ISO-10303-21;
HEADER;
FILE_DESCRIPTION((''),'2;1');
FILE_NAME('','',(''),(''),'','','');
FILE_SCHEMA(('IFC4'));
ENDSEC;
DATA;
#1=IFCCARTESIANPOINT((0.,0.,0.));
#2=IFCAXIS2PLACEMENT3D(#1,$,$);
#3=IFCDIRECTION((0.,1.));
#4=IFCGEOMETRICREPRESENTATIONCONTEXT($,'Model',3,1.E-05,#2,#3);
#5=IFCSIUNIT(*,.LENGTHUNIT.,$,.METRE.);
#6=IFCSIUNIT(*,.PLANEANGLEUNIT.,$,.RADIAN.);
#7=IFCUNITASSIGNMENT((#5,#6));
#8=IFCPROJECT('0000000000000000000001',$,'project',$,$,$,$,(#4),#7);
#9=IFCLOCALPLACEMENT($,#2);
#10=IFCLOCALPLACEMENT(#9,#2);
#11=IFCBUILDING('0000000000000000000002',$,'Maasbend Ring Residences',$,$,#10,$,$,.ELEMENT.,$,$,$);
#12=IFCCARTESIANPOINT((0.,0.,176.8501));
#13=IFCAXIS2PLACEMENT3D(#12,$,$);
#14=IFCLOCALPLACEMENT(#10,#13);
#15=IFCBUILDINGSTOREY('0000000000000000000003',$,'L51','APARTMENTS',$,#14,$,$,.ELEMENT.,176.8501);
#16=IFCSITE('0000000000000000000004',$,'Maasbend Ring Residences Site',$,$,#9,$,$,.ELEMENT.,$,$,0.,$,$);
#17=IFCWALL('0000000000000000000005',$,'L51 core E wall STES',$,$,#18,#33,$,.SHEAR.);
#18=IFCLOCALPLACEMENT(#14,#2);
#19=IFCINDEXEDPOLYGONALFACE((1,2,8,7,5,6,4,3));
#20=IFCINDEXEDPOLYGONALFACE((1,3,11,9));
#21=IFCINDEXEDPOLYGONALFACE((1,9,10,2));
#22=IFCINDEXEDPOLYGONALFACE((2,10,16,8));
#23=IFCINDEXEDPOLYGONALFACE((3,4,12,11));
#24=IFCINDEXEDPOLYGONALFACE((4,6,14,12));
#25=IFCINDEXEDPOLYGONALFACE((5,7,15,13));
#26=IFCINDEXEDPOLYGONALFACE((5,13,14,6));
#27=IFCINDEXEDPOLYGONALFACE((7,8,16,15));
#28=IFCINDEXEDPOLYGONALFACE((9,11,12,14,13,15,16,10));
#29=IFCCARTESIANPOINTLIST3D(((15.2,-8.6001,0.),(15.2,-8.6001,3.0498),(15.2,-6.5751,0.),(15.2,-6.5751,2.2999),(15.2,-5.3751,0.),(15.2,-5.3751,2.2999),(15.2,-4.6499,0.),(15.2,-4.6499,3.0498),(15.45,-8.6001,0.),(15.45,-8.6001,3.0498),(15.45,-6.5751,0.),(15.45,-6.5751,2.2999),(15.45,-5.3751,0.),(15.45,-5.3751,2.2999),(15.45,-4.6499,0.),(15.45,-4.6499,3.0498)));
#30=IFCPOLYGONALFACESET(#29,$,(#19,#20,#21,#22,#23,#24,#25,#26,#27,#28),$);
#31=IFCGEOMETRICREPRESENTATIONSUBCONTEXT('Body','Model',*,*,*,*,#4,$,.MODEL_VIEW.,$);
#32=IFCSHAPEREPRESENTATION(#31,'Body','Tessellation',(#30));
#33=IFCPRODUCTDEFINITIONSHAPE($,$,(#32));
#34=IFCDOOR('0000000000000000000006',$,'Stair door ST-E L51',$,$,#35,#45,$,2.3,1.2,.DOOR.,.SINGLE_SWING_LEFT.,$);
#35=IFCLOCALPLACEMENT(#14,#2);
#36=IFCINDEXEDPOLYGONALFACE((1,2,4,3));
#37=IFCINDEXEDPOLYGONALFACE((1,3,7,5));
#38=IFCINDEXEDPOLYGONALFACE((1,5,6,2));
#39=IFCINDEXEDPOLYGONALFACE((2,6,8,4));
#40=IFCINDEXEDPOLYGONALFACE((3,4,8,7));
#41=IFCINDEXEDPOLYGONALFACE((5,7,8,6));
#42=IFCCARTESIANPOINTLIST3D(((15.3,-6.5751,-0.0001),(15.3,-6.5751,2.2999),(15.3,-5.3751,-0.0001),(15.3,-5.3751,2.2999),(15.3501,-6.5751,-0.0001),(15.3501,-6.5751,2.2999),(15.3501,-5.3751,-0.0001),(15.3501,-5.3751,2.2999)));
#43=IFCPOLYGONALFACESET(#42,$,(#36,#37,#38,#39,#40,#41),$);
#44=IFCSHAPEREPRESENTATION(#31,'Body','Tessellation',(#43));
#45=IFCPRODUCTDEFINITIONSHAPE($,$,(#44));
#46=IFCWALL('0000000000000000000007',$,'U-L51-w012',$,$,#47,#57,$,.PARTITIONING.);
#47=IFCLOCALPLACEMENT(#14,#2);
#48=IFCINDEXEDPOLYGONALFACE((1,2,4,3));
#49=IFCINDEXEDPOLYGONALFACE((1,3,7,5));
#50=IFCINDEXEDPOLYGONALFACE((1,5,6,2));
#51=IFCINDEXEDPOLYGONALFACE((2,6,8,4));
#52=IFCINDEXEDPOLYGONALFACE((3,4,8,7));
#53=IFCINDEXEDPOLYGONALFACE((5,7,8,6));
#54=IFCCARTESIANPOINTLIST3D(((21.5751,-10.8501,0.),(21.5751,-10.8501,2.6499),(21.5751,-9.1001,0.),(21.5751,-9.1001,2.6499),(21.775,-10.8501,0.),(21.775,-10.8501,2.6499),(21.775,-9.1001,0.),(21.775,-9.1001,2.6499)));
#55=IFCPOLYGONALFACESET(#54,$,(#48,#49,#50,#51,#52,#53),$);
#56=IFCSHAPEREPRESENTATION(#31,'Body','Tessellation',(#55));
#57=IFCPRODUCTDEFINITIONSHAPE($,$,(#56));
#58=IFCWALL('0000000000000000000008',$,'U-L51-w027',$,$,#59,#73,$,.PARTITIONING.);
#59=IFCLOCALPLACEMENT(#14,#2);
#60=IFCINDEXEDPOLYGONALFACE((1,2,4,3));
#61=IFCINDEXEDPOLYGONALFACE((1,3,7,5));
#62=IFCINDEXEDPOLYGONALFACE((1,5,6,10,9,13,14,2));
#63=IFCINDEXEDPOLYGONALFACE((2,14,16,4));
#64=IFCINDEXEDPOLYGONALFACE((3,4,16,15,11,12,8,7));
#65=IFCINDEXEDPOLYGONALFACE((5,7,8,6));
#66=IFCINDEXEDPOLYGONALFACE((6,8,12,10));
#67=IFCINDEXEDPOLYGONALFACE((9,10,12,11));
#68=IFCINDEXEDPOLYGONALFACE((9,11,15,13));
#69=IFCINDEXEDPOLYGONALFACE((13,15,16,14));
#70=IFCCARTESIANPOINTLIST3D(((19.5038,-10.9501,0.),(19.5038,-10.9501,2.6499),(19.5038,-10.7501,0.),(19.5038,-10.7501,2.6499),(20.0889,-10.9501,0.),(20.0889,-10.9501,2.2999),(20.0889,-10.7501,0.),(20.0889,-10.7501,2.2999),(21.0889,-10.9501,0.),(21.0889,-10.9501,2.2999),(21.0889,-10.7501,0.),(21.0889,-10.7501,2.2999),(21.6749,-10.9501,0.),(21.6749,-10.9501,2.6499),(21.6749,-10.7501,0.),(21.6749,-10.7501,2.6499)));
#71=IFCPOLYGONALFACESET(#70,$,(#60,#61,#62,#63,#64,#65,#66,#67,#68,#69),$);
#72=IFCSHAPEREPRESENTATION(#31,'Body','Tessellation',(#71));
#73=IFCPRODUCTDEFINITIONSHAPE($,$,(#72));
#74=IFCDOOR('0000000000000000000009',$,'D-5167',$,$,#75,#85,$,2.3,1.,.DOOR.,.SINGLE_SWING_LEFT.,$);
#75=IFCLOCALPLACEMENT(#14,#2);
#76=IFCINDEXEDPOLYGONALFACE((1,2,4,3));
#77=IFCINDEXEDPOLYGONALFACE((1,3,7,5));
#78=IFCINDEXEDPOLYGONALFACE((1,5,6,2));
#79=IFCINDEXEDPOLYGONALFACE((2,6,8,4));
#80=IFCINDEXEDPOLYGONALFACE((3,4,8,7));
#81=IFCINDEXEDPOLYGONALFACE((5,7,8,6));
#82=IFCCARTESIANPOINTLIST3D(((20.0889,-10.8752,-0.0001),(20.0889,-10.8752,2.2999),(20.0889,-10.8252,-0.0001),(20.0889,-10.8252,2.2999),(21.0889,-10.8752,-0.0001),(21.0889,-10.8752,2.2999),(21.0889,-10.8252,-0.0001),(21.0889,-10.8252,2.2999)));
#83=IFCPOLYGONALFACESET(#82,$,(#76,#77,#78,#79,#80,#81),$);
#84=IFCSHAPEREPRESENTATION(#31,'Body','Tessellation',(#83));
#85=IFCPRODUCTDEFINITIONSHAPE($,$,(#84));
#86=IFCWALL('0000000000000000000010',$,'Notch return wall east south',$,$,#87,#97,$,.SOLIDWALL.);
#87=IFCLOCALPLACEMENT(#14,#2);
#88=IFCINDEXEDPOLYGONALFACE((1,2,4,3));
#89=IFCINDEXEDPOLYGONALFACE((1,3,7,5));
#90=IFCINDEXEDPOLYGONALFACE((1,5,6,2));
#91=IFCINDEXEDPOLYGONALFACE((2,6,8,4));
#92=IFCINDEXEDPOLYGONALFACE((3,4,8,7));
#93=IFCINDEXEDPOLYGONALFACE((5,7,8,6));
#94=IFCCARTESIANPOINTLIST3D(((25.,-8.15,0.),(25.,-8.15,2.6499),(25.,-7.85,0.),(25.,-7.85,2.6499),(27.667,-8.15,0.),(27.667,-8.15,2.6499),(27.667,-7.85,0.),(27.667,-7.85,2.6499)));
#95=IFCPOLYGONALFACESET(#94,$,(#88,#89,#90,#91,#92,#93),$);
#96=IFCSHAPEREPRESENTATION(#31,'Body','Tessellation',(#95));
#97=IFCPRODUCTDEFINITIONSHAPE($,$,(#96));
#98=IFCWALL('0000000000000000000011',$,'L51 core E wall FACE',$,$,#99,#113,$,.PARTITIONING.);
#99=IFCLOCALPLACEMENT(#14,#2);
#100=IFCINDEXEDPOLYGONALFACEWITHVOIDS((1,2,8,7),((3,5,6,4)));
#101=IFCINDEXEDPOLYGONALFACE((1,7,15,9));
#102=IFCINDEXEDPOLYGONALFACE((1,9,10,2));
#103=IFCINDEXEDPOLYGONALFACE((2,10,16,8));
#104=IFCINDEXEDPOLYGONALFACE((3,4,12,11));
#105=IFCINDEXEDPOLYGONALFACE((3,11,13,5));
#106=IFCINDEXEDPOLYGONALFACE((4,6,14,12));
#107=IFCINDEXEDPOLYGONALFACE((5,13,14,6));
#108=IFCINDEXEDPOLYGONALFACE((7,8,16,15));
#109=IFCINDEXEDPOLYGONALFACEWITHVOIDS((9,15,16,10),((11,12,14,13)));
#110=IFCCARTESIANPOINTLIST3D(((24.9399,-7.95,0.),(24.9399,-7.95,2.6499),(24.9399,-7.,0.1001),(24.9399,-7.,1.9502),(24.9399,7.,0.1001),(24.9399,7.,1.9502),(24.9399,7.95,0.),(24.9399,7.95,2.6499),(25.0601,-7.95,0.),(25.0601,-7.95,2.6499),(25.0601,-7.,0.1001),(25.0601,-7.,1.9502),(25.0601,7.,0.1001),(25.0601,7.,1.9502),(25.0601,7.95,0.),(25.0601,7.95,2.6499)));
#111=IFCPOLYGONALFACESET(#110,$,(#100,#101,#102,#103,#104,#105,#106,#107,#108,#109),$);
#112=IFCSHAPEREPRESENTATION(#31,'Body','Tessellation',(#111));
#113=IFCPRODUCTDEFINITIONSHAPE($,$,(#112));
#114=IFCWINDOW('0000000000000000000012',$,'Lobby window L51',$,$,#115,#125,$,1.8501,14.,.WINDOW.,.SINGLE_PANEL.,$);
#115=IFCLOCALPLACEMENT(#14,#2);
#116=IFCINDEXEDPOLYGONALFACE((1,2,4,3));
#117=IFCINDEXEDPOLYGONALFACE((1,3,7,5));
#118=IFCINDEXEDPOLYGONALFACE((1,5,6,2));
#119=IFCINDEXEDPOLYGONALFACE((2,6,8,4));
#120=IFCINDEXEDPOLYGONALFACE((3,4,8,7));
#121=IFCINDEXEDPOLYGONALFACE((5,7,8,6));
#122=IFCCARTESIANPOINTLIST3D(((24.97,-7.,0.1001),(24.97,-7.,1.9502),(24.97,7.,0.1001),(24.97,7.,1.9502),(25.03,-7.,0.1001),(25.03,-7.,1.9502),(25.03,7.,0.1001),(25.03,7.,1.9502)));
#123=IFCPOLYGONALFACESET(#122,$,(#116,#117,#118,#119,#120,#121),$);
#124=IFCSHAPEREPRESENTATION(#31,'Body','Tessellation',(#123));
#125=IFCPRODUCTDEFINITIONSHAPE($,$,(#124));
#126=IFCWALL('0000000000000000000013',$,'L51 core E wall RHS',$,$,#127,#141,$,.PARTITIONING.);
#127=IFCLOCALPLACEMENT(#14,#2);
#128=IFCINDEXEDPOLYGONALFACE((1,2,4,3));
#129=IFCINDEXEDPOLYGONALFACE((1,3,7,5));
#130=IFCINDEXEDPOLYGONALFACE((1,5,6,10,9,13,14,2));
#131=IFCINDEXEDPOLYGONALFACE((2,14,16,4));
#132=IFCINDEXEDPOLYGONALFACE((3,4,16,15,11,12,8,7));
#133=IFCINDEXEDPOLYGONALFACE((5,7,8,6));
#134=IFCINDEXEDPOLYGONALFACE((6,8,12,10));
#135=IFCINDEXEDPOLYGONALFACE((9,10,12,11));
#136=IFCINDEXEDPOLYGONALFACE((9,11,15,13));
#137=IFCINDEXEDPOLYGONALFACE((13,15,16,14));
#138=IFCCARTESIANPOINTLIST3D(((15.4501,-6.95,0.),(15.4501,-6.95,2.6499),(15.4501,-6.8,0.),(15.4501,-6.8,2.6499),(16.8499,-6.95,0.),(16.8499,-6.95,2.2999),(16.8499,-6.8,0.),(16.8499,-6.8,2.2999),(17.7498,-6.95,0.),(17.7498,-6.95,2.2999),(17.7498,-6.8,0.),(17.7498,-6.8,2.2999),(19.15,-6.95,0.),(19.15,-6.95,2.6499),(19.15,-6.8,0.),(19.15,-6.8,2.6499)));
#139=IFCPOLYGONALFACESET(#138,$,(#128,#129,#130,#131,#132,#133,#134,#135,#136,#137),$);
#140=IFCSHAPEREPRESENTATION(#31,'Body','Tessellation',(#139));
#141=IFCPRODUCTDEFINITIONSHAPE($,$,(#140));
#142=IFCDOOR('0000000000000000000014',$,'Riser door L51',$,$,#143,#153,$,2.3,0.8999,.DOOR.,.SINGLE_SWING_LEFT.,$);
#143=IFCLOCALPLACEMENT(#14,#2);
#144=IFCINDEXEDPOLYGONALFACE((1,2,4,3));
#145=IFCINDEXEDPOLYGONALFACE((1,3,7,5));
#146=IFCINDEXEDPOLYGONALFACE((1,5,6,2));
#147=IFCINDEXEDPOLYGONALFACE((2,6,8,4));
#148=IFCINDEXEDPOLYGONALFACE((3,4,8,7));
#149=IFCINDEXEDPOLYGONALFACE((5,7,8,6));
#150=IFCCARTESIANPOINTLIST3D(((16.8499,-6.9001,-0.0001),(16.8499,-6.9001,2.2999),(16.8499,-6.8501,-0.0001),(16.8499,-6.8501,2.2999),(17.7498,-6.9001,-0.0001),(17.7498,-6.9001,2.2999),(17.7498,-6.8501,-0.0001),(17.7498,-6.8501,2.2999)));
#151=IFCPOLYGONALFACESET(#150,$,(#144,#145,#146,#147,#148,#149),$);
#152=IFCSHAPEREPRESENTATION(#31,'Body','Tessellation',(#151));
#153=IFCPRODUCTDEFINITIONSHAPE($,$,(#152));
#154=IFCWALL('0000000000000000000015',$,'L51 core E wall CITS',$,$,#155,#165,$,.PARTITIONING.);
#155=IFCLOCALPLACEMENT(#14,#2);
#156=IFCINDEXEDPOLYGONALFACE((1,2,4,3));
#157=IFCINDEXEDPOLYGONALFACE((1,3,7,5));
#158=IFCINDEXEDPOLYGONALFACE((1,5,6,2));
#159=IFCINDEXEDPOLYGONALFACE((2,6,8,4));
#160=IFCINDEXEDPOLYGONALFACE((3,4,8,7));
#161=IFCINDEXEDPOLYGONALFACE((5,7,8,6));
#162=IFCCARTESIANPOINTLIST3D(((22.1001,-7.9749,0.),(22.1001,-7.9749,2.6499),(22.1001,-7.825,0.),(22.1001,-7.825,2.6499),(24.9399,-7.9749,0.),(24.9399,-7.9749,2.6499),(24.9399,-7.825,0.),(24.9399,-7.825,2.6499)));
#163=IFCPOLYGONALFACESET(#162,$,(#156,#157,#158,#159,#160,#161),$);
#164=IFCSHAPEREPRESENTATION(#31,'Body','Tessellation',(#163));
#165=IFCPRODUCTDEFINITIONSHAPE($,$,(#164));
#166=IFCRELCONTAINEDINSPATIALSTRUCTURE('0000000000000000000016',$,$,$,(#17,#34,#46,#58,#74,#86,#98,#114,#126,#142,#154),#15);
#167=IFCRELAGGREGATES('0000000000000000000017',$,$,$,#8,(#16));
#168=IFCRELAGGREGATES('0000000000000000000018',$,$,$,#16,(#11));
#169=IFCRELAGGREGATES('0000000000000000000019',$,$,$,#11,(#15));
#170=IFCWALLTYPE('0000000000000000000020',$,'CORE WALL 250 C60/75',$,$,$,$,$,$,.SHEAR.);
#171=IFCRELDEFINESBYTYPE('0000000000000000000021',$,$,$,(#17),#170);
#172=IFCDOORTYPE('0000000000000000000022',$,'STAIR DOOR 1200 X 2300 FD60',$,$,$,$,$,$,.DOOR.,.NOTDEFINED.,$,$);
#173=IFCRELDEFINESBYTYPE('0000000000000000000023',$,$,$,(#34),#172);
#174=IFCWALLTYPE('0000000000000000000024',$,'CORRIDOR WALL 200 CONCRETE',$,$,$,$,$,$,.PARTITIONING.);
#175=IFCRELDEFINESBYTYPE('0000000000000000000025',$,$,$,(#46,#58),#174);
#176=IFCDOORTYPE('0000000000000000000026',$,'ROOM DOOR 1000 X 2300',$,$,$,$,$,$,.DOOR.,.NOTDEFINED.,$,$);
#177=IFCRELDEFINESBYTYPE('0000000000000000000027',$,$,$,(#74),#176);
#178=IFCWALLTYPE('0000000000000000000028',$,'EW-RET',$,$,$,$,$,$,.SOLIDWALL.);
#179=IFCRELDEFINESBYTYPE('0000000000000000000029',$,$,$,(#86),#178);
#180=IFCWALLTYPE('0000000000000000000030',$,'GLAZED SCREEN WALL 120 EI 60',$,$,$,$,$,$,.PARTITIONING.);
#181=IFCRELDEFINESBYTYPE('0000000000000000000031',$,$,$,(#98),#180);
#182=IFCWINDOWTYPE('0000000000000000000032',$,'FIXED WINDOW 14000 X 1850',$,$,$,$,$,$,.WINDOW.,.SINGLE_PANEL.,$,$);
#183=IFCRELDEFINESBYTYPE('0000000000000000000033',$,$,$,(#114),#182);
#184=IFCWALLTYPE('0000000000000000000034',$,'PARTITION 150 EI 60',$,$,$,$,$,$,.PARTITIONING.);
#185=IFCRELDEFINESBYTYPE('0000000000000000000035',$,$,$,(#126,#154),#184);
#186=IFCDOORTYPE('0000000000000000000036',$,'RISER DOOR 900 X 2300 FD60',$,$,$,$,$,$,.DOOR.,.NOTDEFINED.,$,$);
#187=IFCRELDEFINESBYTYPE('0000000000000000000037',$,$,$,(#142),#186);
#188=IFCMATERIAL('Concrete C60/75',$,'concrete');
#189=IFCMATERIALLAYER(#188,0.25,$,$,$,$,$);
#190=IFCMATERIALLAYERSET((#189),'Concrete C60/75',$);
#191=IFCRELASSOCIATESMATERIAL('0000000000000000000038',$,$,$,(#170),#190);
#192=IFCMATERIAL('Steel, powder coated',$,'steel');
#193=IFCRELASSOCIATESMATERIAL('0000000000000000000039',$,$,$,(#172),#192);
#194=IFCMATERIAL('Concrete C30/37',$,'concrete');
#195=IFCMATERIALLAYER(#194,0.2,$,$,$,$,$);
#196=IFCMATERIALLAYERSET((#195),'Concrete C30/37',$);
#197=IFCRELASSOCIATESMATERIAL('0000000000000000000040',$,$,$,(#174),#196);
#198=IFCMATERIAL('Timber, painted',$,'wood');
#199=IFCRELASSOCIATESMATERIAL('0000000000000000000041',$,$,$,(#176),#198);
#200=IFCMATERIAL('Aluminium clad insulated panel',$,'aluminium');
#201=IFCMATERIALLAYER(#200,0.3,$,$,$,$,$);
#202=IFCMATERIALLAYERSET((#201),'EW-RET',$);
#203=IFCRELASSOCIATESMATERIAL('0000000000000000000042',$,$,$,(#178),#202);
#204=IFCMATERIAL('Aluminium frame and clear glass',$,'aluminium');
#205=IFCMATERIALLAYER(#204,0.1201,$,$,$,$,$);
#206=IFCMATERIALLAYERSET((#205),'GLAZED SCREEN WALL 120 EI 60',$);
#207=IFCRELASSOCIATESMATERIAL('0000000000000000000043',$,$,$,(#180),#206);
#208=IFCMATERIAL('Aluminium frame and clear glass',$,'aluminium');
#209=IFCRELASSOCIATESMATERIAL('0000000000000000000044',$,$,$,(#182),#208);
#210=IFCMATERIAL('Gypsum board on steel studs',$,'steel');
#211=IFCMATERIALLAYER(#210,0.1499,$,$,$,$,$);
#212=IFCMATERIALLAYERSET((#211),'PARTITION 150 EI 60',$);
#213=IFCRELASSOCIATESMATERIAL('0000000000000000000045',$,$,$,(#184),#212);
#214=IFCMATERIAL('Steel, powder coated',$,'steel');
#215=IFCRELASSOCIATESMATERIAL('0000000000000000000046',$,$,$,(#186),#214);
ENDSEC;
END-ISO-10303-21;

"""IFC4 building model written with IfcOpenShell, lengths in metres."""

from ifc_helpers import new_model, si_unit, direction, frame, frame_2d, origin, place, context, subcontext, project, spatial, rectangle, extrude, material, layer, layer_set, type_object, element, fill, save


model = new_model("IFC4")

# Units and contexts
model_context = context("Model", 3, precision=1e-05, world=origin(), true_north=direction((0.0, 1.0)))
body_context = subcontext(model_context, "Body", "Model", "MODEL_VIEW")
ifc_project = project(units=[si_unit("LENGTHUNIT", "METRE"), si_unit("PLANEANGLEUNIT", "RADIAN")], contexts=[model_context])

# Site, building, storey
site_placement = place(None, origin())
site = spatial("IfcSite", under=ifc_project, at=site_placement, Name="Maasbend Ring Residences Site", CompositionType="ELEMENT", RefElevation=0.0)
building_placement = place(site_placement, origin())
building = spatial("IfcBuilding", under=site, at=building_placement, Name="Maasbend Ring Residences", CompositionType="ELEMENT")
storey_placement = place(building_placement, frame((0.0, 0.0, 176.8501)))
storey = spatial("IfcBuildingStorey", under=building, at=storey_placement, Name="L51", Description="APARTMENTS", CompositionType="ELEMENT", Elevation=176.8501)

# Shared definitions
ifc_material_1 = material(Name="Concrete C60/75", Category="concrete")
ifc_layer_1 = layer(ifc_material_1, 0.25)
ifc_layer_set_1 = layer_set([ifc_layer_1], Name="Concrete C60/75")
wall_type_1 = type_object("IfcWallType", Name="CORE WALL 250 C60/75", PredefinedType="SHEAR", material=ifc_layer_set_1)

# Wall, opening, door
wall_1_placement = place(storey_placement, frame((15.325, -8.6001, 0.0), z_axis=(0.0, 0.0, 1.0), x_axis=(0.0, 1.0, 0.0)))
wall_1 = element("IfcWall", 1, at=wall_1_placement, inside=storey, type_object=wall_type_1, Name="L51 core E wall STES", PredefinedType="SHEAR", context=body_context, shape_type="SweptSolid", body=[
    extrude(rectangle(XDim=3.9502, YDim=0.25, at=frame_2d((1.9751, 0.0))), origin(), (0.0, 0.0, 1.0), 3.0498),
])
opening_1_placement = place(wall_1_placement, frame((2.0249, 0.0, 0.0)))
opening_1 = element("IfcOpeningElement", 2, at=opening_1_placement, cuts=wall_1, PredefinedType="OPENING", context=body_context, shape_type="SweptSolid", body=[
    extrude(rectangle(XDim=1.2, YDim=2.3, at=frame_2d((0.6001, 1.1499))), frame((0.0, 0.135, 0.0), z_axis=(0.0, -1.0, 0.0), x_axis=(1.0, 0.0, 0.0)), (0.0, 0.0, 1.0), 0.27),
])
ifc_material_2 = material(Name="Steel, powder coated", Category="steel")
door_type_1 = type_object("IfcDoorType", Name="STAIR DOOR 1200 X 2300 FD60", OperationType="NOTDEFINED", PredefinedType="DOOR", material=ifc_material_2)
door_1_placement = place(opening_1_placement, origin())
door_1 = element("IfcDoor", 3, at=door_1_placement, inside=storey, type_object=door_type_1, Name="Stair door ST-E L51", OperationType="SINGLE_SWING_LEFT", OverallHeight=2.3, OverallWidth=1.2, PredefinedType="DOOR", context=body_context, shape_type="SweptSolid", body=[
    extrude(rectangle(XDim=1.2, YDim=2.3, at=frame_2d((0.6001, 1.1499))), frame((0.0, 0.0249, 0.0), z_axis=(0.0, -1.0, 0.0), x_axis=(1.0, 0.0, 0.0)), (0.0, 0.0, 1.0), 0.05),
])
fill(opening_1, door_1)

# Wall
ifc_material_3 = material(Name="Concrete C30/37", Category="concrete")
ifc_layer_2 = layer(ifc_material_3, 0.2)
ifc_layer_set_2 = layer_set([ifc_layer_2], Name="Concrete C30/37")
wall_type_2 = type_object("IfcWallType", Name="CORRIDOR WALL 200 CONCRETE", PredefinedType="PARTITIONING", material=ifc_layer_set_2)
wall_2_placement = place(storey_placement, frame((21.675, -10.8501, 0.0), z_axis=(0.0, 0.0, 1.0), x_axis=(0.0, 1.0, 0.0)))
element("IfcWall", 4, at=wall_2_placement, inside=storey, type_object=wall_type_2, Name="U-L51-w012", PredefinedType="PARTITIONING", context=body_context, shape_type="SweptSolid", body=[
    extrude(rectangle(XDim=1.75, YDim=0.2, at=frame_2d((0.875, 0.0))), origin(), (0.0, 0.0, 1.0), 2.6499),
])

# Wall, opening, door
wall_3_placement = place(storey_placement, frame((19.5039, -10.8501, 0.0), z_axis=(0.0, 0.0, 1.0), x_axis=(1.0, 0.0, 0.0)))
wall_3 = element("IfcWall", 5, at=wall_3_placement, inside=storey, type_object=wall_type_2, Name="U-L51-w027", PredefinedType="PARTITIONING", context=body_context, shape_type="SweptSolid", body=[
    extrude(rectangle(XDim=2.1711, YDim=0.2, at=frame_2d((1.0854, 0.0))), origin(), (0.0, 0.0, 1.0), 2.6499),
])
opening_2_placement = place(wall_3_placement, frame((0.585, 0.0, 0.0)))
opening_2 = element("IfcOpeningElement", 6, at=opening_2_placement, cuts=wall_3, PredefinedType="OPENING", context=body_context, shape_type="SweptSolid", body=[
    extrude(rectangle(XDim=1.0, YDim=2.3, at=frame_2d((0.5, 1.1499))), frame((0.0, 0.1099, 0.0), z_axis=(0.0, -1.0, 0.0), x_axis=(1.0, 0.0, 0.0)), (0.0, 0.0, 1.0), 0.22),
])
ifc_material_4 = material(Name="Timber, painted", Category="wood")
door_type_2 = type_object("IfcDoorType", Name="ROOM DOOR 1000 X 2300", OperationType="NOTDEFINED", PredefinedType="DOOR", material=ifc_material_4)
door_2_placement = place(opening_2_placement, origin())
door_2 = element("IfcDoor", 7, at=door_2_placement, inside=storey, type_object=door_type_2, Name="D-5167", OperationType="SINGLE_SWING_LEFT", OverallHeight=2.3, OverallWidth=1.0, PredefinedType="DOOR", context=body_context, shape_type="SweptSolid", body=[
    extrude(rectangle(XDim=1.0, YDim=2.3, at=frame_2d((0.5, 1.1499))), frame((0.0, 0.0249, 0.0), z_axis=(0.0, -1.0, 0.0), x_axis=(1.0, 0.0, 0.0)), (0.0, 0.0, 1.0), 0.05),
])
fill(opening_2, door_2)

# Wall
ifc_material_5 = material(Name="Aluminium clad insulated panel", Category="aluminium")
ifc_layer_3 = layer(ifc_material_5, 0.3)
ifc_layer_set_3 = layer_set([ifc_layer_3], Name="EW-RET")
wall_type_3 = type_object("IfcWallType", Name="EW-RET", PredefinedType="SOLIDWALL", material=ifc_layer_set_3)
wall_4_placement = place(storey_placement, frame((25.0, -8.0, 0.0), z_axis=(0.0, 0.0, 1.0), x_axis=(1.0, 0.0, 0.0)))
element("IfcWall", 8, at=wall_4_placement, inside=storey, type_object=wall_type_3, Name="Notch return wall east south", PredefinedType="SOLIDWALL", context=body_context, shape_type="SweptSolid", body=[
    extrude(rectangle(XDim=2.667, YDim=0.3, at=frame_2d((1.3335, 0.0))), origin(), (0.0, 0.0, 1.0), 2.6499),
])

# Wall, opening, window
ifc_material_6 = material(Name="Aluminium frame and clear glass", Category="aluminium")
ifc_layer_4 = layer(ifc_material_6, 0.1201)
ifc_layer_set_4 = layer_set([ifc_layer_4], Name="GLAZED SCREEN WALL 120 EI 60")
wall_type_4 = type_object("IfcWallType", Name="GLAZED SCREEN WALL 120 EI 60", PredefinedType="PARTITIONING", material=ifc_layer_set_4)
wall_5_placement = place(storey_placement, frame((25.0, -7.95, 0.0), z_axis=(0.0, 0.0, 1.0), x_axis=(0.0, 1.0, 0.0)))
wall_5 = element("IfcWall", 9, at=wall_5_placement, inside=storey, type_object=wall_type_4, Name="L51 core E wall FACE", PredefinedType="PARTITIONING", context=body_context, shape_type="SweptSolid", body=[
    extrude(rectangle(XDim=15.8999, YDim=0.1201, at=frame_2d((7.95, 0.0))), origin(), (0.0, 0.0, 1.0), 2.6499),
])
opening_3_placement = place(wall_5_placement, frame((0.95, 0.0, 0.1001)))
opening_3 = element("IfcOpeningElement", 10, at=opening_3_placement, cuts=wall_5, PredefinedType="OPENING", context=body_context, shape_type="SweptSolid", body=[
    extrude(rectangle(XDim=14.0, YDim=1.8501, at=frame_2d((7.0, 0.925))), frame((0.0, 0.0701, 0.0), z_axis=(0.0, -1.0, 0.0), x_axis=(1.0, 0.0, 0.0)), (0.0, 0.0, 1.0), 0.1401),
])
ifc_material_7 = material(Name="Aluminium frame and clear glass", Category="aluminium")
window_type = type_object("IfcWindowType", Name="FIXED WINDOW 14000 X 1850", PartitioningType="SINGLE_PANEL", PredefinedType="WINDOW", material=ifc_material_7)
window_placement = place(opening_3_placement, origin())
window = element("IfcWindow", 11, at=window_placement, inside=storey, type_object=window_type, Name="Lobby window L51", OverallHeight=1.8501, OverallWidth=14.0, PartitioningType="SINGLE_PANEL", PredefinedType="WINDOW", context=body_context, shape_type="SweptSolid", body=[
    extrude(rectangle(XDim=14.0, YDim=1.8501, at=frame_2d((7.0, 0.925))), frame((0.0, 0.03, 0.0), z_axis=(0.0, -1.0, 0.0), x_axis=(1.0, 0.0, 0.0)), (0.0, 0.0, 1.0), 0.0601),
])
fill(opening_3, window)

# Wall, opening, door
ifc_material_8 = material(Name="Gypsum board on steel studs", Category="steel")
ifc_layer_5 = layer(ifc_material_8, 0.1499)
ifc_layer_set_5 = layer_set([ifc_layer_5], Name="PARTITION 150 EI 60")
wall_type_5 = type_object("IfcWallType", Name="PARTITION 150 EI 60", PredefinedType="PARTITIONING", material=ifc_layer_set_5)
wall_6_placement = place(storey_placement, frame((15.45, -6.875, 0.0), z_axis=(0.0, 0.0, 1.0), x_axis=(1.0, 0.0, 0.0)))
wall_6 = element("IfcWall", 12, at=wall_6_placement, inside=storey, type_object=wall_type_5, Name="L51 core E wall RHS", PredefinedType="PARTITIONING", context=body_context, shape_type="SweptSolid", body=[
    extrude(rectangle(XDim=3.7, YDim=0.1499, at=frame_2d((1.8501, 0.0))), origin(), (0.0, 0.0, 1.0), 2.6499),
])
opening_4_placement = place(wall_6_placement, frame((1.3999, 0.0, 0.0)))
opening_4 = element("IfcOpeningElement", 13, at=opening_4_placement, cuts=wall_6, PredefinedType="OPENING", context=body_context, shape_type="SweptSolid", body=[
    extrude(rectangle(XDim=0.8999, YDim=2.3, at=frame_2d((0.45, 1.1499))), frame((0.0, 0.085, 0.0), z_axis=(0.0, -1.0, 0.0), x_axis=(1.0, 0.0, 0.0)), (0.0, 0.0, 1.0), 0.1699),
])
ifc_material_9 = material(Name="Steel, powder coated", Category="steel")
door_type_3 = type_object("IfcDoorType", Name="RISER DOOR 900 X 2300 FD60", OperationType="NOTDEFINED", PredefinedType="DOOR", material=ifc_material_9)
door_3_placement = place(opening_4_placement, origin())
door_3 = element("IfcDoor", 14, at=door_3_placement, inside=storey, type_object=door_type_3, Name="Riser door L51", OperationType="SINGLE_SWING_LEFT", OverallHeight=2.3, OverallWidth=0.8999, PredefinedType="DOOR", context=body_context, shape_type="SweptSolid", body=[
    extrude(rectangle(XDim=0.8999, YDim=2.3, at=frame_2d((0.45, 1.1499))), frame((0.0, 0.0249, 0.0), z_axis=(0.0, -1.0, 0.0), x_axis=(1.0, 0.0, 0.0)), (0.0, 0.0, 1.0), 0.05),
])
fill(opening_4, door_3)

# Wall
wall_7_placement = place(storey_placement, frame((22.1001, -7.8999, 0.0), z_axis=(0.0, 0.0, 1.0), x_axis=(1.0, 0.0, 0.0)))
element("IfcWall", 15, at=wall_7_placement, inside=storey, type_object=wall_type_5, Name="L51 core E wall CITS", PredefinedType="PARTITIONING", context=body_context, shape_type="SweptSolid", body=[
    extrude(rectangle(XDim=2.8398, YDim=0.1499, at=frame_2d((1.4199, 0.0))), origin(), (0.0, 0.0, 1.0), 2.6499),
])

save(model, "model.ifc")
